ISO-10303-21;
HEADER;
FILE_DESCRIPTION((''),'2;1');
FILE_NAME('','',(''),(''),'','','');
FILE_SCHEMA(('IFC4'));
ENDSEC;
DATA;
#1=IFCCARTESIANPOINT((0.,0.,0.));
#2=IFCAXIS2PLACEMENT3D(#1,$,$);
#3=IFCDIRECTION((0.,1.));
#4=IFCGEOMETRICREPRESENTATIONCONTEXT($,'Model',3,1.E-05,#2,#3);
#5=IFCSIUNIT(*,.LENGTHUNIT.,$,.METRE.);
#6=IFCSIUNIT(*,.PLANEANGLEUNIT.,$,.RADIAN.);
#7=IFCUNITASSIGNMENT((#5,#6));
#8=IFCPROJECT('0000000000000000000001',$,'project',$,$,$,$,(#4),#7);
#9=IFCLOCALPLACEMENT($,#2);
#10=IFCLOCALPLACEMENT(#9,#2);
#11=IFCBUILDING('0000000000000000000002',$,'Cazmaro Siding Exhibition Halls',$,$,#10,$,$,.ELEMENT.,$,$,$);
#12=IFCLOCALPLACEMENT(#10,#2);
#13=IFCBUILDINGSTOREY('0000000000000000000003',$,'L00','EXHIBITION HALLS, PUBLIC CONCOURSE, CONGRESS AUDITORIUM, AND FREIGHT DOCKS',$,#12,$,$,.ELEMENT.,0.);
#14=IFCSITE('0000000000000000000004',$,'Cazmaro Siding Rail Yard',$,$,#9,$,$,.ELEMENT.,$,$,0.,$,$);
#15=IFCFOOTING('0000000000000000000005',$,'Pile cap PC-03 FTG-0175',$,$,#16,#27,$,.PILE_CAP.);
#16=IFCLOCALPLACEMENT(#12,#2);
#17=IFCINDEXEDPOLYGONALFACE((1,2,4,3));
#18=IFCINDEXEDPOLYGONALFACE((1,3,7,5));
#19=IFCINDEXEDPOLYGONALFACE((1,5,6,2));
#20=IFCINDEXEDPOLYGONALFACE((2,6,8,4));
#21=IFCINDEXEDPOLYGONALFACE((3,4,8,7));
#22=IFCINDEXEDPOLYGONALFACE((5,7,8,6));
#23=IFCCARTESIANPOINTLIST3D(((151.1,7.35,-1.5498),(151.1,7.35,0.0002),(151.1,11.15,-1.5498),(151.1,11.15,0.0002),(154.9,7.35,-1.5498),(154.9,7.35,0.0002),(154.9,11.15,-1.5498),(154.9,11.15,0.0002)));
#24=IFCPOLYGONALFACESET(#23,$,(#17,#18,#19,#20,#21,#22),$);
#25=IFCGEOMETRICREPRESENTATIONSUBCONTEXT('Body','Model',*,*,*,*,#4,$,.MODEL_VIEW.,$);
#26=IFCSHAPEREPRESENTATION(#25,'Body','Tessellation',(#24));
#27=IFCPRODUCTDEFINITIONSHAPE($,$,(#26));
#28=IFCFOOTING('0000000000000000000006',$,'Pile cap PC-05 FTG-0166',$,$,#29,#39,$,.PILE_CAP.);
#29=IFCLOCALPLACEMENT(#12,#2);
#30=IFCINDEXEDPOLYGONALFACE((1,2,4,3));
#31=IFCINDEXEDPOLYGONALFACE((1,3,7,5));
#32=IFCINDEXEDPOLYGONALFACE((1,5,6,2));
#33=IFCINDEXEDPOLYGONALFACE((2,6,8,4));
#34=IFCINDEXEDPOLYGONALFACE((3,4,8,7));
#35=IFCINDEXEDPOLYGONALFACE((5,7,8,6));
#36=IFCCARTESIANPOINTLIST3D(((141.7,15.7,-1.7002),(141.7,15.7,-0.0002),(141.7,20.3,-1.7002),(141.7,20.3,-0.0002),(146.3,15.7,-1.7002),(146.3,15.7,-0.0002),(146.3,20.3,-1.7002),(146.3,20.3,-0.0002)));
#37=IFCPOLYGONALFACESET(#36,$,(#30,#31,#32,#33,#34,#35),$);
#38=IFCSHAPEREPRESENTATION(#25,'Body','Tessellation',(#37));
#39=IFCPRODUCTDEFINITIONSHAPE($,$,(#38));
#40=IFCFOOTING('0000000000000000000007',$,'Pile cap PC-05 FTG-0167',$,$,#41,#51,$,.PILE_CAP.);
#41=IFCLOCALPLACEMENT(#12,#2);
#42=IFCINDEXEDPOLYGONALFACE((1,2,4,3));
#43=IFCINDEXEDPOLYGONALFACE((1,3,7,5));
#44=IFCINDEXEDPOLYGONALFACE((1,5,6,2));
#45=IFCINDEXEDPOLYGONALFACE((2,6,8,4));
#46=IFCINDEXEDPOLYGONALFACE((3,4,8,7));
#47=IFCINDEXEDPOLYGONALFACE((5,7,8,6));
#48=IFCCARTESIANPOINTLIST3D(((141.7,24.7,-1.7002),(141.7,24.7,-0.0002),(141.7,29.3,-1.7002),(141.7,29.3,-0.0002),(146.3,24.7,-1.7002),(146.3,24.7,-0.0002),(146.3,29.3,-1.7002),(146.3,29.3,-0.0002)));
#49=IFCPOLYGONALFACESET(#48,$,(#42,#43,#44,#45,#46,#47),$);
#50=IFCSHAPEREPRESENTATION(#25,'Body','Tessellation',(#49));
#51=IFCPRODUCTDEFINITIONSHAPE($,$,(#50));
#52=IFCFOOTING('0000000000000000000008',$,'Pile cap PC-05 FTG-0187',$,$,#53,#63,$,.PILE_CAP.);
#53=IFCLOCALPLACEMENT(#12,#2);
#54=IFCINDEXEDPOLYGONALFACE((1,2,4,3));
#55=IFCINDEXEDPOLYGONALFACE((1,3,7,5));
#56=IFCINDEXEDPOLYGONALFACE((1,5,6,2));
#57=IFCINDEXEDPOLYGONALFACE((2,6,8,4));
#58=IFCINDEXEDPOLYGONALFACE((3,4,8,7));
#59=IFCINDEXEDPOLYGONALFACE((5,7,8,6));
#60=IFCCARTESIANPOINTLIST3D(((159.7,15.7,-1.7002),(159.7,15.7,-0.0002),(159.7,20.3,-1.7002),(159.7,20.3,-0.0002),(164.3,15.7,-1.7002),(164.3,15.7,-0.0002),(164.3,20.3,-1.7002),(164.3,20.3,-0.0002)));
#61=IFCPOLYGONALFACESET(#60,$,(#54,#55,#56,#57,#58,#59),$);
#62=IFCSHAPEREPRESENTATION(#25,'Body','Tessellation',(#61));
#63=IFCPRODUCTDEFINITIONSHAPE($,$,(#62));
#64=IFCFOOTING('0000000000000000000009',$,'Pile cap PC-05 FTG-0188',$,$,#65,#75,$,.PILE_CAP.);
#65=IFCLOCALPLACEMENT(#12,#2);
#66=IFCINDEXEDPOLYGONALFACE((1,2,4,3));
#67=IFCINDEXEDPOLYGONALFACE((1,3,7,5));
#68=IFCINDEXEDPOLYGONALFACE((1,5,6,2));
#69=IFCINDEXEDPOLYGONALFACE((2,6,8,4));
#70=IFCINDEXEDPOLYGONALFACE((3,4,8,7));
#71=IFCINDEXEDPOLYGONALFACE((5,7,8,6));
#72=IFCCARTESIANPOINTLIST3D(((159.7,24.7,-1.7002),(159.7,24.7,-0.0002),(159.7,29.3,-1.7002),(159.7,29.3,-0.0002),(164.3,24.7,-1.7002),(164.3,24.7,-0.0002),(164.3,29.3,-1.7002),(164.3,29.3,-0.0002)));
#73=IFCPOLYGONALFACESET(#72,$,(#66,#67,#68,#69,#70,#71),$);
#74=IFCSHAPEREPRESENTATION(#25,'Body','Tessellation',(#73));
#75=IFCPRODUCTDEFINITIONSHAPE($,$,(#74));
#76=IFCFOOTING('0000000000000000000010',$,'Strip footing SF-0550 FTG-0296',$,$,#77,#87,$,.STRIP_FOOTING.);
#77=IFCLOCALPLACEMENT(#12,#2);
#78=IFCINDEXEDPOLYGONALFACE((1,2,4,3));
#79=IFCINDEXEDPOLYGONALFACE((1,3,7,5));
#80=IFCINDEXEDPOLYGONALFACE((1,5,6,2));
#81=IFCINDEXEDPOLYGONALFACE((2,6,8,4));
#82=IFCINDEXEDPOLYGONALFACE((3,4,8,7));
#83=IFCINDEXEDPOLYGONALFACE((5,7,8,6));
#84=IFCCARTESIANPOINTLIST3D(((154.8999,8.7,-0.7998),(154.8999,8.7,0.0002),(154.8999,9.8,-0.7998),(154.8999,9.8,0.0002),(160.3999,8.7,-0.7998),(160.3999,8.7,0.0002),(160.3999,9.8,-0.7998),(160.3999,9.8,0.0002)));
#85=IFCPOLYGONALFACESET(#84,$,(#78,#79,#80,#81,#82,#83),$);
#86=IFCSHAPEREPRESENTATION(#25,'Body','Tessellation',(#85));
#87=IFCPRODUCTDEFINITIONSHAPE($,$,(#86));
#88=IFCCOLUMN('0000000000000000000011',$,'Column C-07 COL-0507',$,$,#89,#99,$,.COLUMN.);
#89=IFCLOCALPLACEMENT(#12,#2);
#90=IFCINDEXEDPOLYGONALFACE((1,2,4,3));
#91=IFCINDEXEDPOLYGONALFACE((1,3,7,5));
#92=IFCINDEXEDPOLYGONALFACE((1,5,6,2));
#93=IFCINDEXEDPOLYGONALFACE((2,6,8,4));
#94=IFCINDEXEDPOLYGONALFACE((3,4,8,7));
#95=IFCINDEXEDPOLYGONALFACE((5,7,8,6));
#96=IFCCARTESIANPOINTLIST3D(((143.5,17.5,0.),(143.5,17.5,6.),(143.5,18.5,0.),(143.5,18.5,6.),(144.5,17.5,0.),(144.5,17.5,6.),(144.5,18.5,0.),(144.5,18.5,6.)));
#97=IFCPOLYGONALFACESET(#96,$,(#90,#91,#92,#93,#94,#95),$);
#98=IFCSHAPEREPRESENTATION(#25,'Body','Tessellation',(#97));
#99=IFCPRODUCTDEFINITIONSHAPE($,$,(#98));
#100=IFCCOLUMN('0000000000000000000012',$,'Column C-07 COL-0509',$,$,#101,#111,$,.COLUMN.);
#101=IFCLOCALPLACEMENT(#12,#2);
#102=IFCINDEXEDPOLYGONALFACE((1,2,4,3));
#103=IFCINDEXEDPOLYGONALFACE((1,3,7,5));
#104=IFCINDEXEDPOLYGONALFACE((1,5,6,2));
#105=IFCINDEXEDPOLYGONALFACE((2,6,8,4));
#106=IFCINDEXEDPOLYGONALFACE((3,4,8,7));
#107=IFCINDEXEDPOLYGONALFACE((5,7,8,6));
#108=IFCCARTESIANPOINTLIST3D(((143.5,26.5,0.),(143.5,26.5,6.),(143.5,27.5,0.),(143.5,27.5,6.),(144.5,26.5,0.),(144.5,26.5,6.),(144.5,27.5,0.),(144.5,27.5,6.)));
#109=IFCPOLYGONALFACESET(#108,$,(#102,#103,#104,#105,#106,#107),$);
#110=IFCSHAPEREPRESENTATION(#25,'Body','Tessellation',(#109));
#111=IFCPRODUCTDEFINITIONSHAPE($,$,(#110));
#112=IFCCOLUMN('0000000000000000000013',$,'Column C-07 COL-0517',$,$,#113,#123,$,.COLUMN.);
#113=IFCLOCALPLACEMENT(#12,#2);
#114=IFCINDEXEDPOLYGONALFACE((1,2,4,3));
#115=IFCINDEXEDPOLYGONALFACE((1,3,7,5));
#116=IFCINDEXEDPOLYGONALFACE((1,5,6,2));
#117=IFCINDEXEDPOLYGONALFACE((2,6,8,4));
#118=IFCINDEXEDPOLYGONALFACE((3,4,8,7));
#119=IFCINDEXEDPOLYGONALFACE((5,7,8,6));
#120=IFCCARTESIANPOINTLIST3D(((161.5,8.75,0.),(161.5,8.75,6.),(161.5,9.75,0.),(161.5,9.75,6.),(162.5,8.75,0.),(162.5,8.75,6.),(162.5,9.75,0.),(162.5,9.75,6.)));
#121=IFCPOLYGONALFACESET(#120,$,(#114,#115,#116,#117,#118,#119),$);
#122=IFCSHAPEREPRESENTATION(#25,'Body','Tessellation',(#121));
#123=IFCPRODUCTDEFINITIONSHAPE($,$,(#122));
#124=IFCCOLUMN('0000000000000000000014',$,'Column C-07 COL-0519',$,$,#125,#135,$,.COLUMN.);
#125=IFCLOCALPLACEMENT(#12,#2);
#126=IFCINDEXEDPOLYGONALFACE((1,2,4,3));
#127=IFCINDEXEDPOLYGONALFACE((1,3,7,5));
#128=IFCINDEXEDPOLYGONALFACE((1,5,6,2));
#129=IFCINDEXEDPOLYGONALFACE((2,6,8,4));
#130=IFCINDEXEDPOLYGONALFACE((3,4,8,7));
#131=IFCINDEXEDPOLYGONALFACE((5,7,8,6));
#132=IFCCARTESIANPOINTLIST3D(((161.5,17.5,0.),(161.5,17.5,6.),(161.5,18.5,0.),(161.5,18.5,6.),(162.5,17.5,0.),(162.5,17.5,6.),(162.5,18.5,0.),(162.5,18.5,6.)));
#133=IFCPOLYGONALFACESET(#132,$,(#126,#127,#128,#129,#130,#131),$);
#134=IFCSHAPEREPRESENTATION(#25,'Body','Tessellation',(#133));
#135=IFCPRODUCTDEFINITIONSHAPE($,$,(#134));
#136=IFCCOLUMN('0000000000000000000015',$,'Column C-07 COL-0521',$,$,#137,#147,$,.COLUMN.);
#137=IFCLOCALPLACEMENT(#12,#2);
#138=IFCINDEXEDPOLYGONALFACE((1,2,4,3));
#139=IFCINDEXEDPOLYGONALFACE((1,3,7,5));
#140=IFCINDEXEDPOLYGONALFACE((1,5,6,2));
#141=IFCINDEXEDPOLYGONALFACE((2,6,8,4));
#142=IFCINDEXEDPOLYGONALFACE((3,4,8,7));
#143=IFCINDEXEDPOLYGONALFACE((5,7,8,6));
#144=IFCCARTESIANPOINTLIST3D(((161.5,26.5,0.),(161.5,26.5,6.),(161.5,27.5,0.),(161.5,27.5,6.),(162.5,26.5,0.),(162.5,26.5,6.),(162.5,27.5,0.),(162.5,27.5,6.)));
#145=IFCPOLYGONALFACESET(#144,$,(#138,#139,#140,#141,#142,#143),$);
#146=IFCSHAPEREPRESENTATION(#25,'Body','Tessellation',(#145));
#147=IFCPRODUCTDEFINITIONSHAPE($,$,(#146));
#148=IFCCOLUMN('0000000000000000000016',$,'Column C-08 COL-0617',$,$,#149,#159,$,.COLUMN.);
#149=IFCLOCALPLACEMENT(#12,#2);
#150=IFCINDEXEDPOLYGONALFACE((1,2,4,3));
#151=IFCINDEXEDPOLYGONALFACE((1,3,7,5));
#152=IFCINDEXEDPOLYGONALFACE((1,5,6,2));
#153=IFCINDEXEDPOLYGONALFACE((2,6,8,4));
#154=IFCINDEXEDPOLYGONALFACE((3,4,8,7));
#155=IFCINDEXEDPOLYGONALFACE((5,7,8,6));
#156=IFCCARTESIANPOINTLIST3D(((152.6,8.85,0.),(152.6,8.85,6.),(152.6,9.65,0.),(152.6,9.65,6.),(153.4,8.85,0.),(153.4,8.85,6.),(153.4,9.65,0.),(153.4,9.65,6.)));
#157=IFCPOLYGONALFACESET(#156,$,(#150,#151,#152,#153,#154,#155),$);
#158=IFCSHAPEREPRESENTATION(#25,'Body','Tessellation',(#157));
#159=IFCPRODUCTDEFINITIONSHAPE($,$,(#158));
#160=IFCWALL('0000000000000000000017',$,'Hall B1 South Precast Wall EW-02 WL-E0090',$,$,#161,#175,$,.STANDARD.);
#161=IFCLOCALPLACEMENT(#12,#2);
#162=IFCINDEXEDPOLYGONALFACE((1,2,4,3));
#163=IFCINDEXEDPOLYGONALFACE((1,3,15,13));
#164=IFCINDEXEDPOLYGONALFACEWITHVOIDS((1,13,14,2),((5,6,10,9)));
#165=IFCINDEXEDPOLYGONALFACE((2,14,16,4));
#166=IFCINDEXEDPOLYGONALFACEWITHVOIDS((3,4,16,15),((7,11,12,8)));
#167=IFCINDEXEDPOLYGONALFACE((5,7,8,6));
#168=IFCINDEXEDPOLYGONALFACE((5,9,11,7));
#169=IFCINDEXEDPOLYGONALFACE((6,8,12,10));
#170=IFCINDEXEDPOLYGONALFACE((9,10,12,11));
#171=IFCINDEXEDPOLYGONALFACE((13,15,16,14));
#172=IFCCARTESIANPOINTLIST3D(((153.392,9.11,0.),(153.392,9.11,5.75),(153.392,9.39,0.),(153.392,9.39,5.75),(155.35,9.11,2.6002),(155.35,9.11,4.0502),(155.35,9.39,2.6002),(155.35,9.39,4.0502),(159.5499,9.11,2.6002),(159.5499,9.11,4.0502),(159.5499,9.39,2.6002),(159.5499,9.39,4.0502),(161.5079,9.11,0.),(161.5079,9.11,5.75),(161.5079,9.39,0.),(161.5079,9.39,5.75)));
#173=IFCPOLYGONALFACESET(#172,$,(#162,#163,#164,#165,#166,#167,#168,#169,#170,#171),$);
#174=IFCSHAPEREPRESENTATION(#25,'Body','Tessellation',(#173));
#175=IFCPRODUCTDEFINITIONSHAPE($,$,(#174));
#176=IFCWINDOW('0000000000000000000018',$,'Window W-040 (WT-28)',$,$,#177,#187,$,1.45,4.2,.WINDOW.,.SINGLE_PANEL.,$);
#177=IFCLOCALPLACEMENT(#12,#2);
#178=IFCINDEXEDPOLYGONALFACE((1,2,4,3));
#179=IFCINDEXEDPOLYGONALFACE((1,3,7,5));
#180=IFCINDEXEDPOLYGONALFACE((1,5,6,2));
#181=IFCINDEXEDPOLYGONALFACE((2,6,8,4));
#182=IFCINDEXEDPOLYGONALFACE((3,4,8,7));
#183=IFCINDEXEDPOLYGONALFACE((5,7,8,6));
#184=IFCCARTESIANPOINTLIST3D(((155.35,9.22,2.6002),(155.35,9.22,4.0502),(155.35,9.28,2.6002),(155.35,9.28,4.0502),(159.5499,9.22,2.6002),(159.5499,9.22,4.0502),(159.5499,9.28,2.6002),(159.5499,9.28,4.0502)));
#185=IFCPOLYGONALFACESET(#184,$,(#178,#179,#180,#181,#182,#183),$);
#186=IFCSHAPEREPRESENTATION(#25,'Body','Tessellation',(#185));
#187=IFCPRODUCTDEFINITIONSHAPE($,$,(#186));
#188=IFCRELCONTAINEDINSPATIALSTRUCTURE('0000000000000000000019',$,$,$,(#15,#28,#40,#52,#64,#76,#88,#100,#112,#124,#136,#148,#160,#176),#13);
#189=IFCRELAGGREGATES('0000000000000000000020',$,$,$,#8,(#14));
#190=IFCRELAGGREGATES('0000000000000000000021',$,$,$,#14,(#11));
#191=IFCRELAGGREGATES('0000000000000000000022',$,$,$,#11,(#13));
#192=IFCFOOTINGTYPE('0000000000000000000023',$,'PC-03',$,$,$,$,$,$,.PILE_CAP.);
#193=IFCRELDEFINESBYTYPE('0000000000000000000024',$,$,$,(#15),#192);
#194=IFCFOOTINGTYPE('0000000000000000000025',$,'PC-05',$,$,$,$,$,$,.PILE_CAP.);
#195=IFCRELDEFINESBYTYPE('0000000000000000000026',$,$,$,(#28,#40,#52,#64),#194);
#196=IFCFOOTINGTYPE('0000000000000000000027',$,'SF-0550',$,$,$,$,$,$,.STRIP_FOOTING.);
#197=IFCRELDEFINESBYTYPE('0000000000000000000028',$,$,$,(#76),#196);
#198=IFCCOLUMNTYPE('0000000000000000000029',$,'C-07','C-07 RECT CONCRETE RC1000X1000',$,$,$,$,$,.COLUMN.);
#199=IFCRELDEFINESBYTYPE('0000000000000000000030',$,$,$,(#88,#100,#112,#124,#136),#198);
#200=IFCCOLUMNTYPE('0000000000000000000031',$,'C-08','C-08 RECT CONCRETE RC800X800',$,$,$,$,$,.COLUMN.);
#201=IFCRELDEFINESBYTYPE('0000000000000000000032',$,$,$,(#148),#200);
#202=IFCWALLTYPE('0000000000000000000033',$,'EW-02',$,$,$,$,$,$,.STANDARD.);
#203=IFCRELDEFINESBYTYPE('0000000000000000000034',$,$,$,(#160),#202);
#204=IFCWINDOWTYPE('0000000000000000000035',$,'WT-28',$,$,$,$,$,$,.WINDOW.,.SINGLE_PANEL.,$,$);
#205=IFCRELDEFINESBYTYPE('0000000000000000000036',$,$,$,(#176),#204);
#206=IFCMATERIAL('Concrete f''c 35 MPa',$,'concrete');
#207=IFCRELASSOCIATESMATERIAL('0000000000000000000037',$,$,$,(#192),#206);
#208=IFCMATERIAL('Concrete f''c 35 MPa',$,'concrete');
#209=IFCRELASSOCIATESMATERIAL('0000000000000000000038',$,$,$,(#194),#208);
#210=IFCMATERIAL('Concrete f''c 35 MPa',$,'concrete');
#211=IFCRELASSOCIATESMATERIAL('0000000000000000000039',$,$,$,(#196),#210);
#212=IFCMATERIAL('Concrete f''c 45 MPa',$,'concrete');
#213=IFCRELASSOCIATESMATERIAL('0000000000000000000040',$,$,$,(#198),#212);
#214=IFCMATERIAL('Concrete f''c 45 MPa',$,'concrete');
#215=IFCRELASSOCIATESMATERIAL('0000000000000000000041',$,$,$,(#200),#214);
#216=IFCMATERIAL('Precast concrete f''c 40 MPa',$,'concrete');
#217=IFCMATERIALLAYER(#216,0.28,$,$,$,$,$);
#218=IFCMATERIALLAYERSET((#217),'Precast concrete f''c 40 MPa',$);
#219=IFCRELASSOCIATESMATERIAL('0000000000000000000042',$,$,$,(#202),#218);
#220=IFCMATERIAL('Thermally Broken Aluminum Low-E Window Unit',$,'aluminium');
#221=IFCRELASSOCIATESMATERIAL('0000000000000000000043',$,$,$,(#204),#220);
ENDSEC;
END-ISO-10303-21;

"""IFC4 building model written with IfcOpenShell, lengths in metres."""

from ifc_helpers import new_model, si_unit, direction, frame, frame_2d, origin, origin_2d, place, context, subcontext, project, spatial, rectangle, extrude, material, layer, layer_set, material_profile, profile_set, type_object, element, fill, save


model = new_model("IFC4")

# Units and contexts
model_context = context("Model", 3, precision=1e-05, world=origin(), true_north=direction((0.0, 1.0)))
body_context = subcontext(model_context, "Body", "Model", "MODEL_VIEW")
ifc_project = project(units=[si_unit("LENGTHUNIT", "METRE"), si_unit("PLANEANGLEUNIT", "RADIAN")], contexts=[model_context])

# Site, building, storey
site_placement = place(None, origin())
site = spatial("IfcSite", under=ifc_project, at=site_placement, Name="Cazmaro Siding Rail Yard", CompositionType="ELEMENT", RefElevation=0.0)
building_placement = place(site_placement, origin())
building = spatial("IfcBuilding", under=site, at=building_placement, Name="Cazmaro Siding Exhibition Halls", CompositionType="ELEMENT")
storey_placement = place(building_placement, origin())
storey = spatial("IfcBuildingStorey", under=building, at=storey_placement, Name="L00", Description="EXHIBITION HALLS, PUBLIC CONCOURSE, CONGRESS AUDITORIUM, AND FREIGHT DOCKS", CompositionType="ELEMENT", Elevation=0.0)

# Footings
ifc_material_1 = material(Name="Concrete f'c 35 MPa", Category="concrete")
footing_type_1 = type_object("IfcFootingType", Name="PC-03", PredefinedType="PILE_CAP", material=ifc_material_1)
footing_1_placement = place(storey_placement, frame((153.0, 9.25, -1.5498), z_axis=(0.0, 0.0, 1.0), x_axis=(1.0, 0.0, 0.0)))
element("IfcFooting", 1, at=footing_1_placement, inside=storey, type_object=footing_type_1, Name="Pile cap PC-03 FTG-0175", PredefinedType="PILE_CAP", context=body_context, shape_type="SweptSolid", body=[
    extrude(rectangle(XDim=3.8, YDim=3.8, at=origin_2d()), origin(), (0.0, 0.0, 1.0), 1.55),
])
ifc_material_2 = material(Name="Concrete f'c 35 MPa", Category="concrete")
footing_type_2 = type_object("IfcFootingType", Name="PC-05", PredefinedType="PILE_CAP", material=ifc_material_2)
for number, where, z_axis, x_axis, name in (
    (2, (144.0, 18.0, -1.7002), (0.0, 0.0, 1.0), (1.0, 0.0, 0.0), "Pile cap PC-05 FTG-0166"),
    (3, (144.0, 27.0, -1.7002), (0.0, 0.0, 1.0), (1.0, 0.0, 0.0), "Pile cap PC-05 FTG-0167"),
    (4, (162.0, 18.0, -1.7002), (0.0, 0.0, 1.0), (1.0, 0.0, 0.0), "Pile cap PC-05 FTG-0187"),
    (5, (162.0, 27.0, -1.7002), (0.0, 0.0, 1.0), (1.0, 0.0, 0.0), "Pile cap PC-05 FTG-0188"),
):
    element("IfcFooting", number, at=place(storey_placement, frame(where, z_axis=z_axis, x_axis=x_axis)), inside=storey, type_object=footing_type_2, Name=name, PredefinedType="PILE_CAP", context=body_context, shape_type="SweptSolid", body=[
        extrude(rectangle(XDim=4.6001, YDim=4.6001, at=origin_2d()), origin(), (0.0, 0.0, 1.0), 1.7),
    ])
ifc_material_3 = material(Name="Concrete f'c 35 MPa", Category="concrete")
footing_type_3 = type_object("IfcFootingType", Name="SF-0550", PredefinedType="STRIP_FOOTING", material=ifc_material_3)
footing_2_placement = place(storey_placement, frame((157.6499, 9.25, -0.7998), z_axis=(0.0, 0.0, 1.0), x_axis=(1.0, 0.0, 0.0)))
element("IfcFooting", 6, at=footing_2_placement, inside=storey, type_object=footing_type_3, Name="Strip footing SF-0550 FTG-0296", PredefinedType="STRIP_FOOTING", context=body_context, shape_type="SweptSolid", body=[
    extrude(rectangle(XDim=5.5, YDim=1.1001, at=origin_2d()), origin(), (0.0, 0.0, 1.0), 0.8),
])

# Columns
ifc_material_4 = material(Name="Concrete f'c 45 MPa", Category="concrete")
ifc_material_profile_1 = material_profile(ifc_material_4, rectangle(XDim=1.0, YDim=1.0, at=origin_2d()), Name="RC1000X1000")
ifc_profile_set_1 = profile_set([ifc_material_profile_1], Name="Concrete f'c 45 MPa")
column_type_1 = type_object("IfcColumnType", Name="C-07", Description="C-07 RECT CONCRETE RC1000X1000", PredefinedType="COLUMN", material=ifc_profile_set_1)
for number, where, z_axis, x_axis, name in (
    (7, (144.0, 18.0, 0.0), (0.0, 0.0, 1.0), (1.0, 0.0, 0.0), "Column C-07 COL-0507"),
    (8, (144.0, 27.0, 0.0), (0.0, 0.0, 1.0), (1.0, 0.0, 0.0), "Column C-07 COL-0509"),
    (9, (162.0, 9.25, 0.0), (0.0, 0.0, 1.0), (1.0, 0.0, 0.0), "Column C-07 COL-0517"),
    (10, (162.0, 18.0, 0.0), (0.0, 0.0, 1.0), (1.0, 0.0, 0.0), "Column C-07 COL-0519"),
    (11, (162.0, 27.0, 0.0), (0.0, 0.0, 1.0), (1.0, 0.0, 0.0), "Column C-07 COL-0521"),
):
    element("IfcColumn", number, at=place(storey_placement, frame(where, z_axis=z_axis, x_axis=x_axis)), inside=storey, type_object=column_type_1, Name=name, PredefinedType="COLUMN", context=body_context, shape_type="SweptSolid", body=[
        extrude(rectangle(XDim=1.0, YDim=1.0, at=origin_2d()), origin(), (0.0, 0.0, 1.0), 6.0),
    ])
ifc_material_5 = material(Name="Concrete f'c 45 MPa", Category="concrete")
ifc_material_profile_2 = material_profile(ifc_material_5, rectangle(XDim=0.8, YDim=0.8, at=origin_2d()), Name="RC800X800")
ifc_profile_set_2 = profile_set([ifc_material_profile_2], Name="Concrete f'c 45 MPa")
column_type_2 = type_object("IfcColumnType", Name="C-08", Description="C-08 RECT CONCRETE RC800X800", PredefinedType="COLUMN", material=ifc_profile_set_2)
column_placement = place(storey_placement, frame((153.0, 9.25, 0.0), z_axis=(0.0, 0.0, 1.0), x_axis=(1.0, 0.0, 0.0)))
element("IfcColumn", 12, at=column_placement, inside=storey, type_object=column_type_2, Name="Column C-08 COL-0617", PredefinedType="COLUMN", context=body_context, shape_type="SweptSolid", body=[
    extrude(rectangle(XDim=0.8, YDim=0.8, at=origin_2d()), origin(), (0.0, 0.0, 1.0), 6.0),
])

# Wall, opening, window
ifc_material_6 = material(Name="Precast concrete f'c 40 MPa", Category="concrete")
ifc_layer_1 = layer(ifc_material_6, 0.28)
ifc_layer_set_1 = layer_set([ifc_layer_1], Name="Precast concrete f'c 40 MPa")
wall_type_1 = type_object("IfcWallType", Name="EW-02", PredefinedType="STANDARD", material=ifc_layer_set_1)
wall_1_placement = place(storey_placement, frame((161.5081, 9.25, 0.0), z_axis=(0.0, 0.0, 1.0), x_axis=(-1.0, 0.0, 0.0)))
wall_1 = element("IfcWall", 13, at=wall_1_placement, inside=storey, type_object=wall_type_1, Name="Hall B1 South Precast Wall EW-02 WL-E0090", PredefinedType="STANDARD", context=body_context, shape_type="SweptSolid", body=[
    extrude(rectangle(XDim=8.116, YDim=0.28, at=frame_2d((4.0581, 0.0))), origin(), (0.0, 0.0, 1.0), 5.75),
])
opening_1_placement = place(wall_1_placement, frame((1.958, 0.0, 2.6001)))
opening_1 = element("IfcOpeningElement", 14, at=opening_1_placement, cuts=wall_1, PredefinedType="OPENING", context=body_context, shape_type="SweptSolid", body=[
    extrude(rectangle(XDim=4.2, YDim=1.45, at=frame_2d((2.1001, 0.7251))), frame((0.0, 0.1499, 0.0), z_axis=(0.0, -1.0, 0.0), x_axis=(1.0, 0.0, 0.0)), (0.0, 0.0, 1.0), 0.3),
])
ifc_material_7 = material(Name="Thermally Broken Aluminum Low-E Window Unit", Category="aluminium")
window_type = type_object("IfcWindowType", Name="WT-28", PartitioningType="SINGLE_PANEL", PredefinedType="WINDOW", material=ifc_material_7)
window_placement = place(opening_1_placement, origin())
window = element("IfcWindow", 15, at=window_placement, inside=storey, type_object=window_type, Name="Window W-040 (WT-28)", OverallHeight=1.45, OverallWidth=4.2, PartitioningType="SINGLE_PANEL", PredefinedType="WINDOW", context=body_context, shape_type="SweptSolid", body=[
    extrude(rectangle(XDim=4.2, YDim=1.45, at=frame_2d((2.1001, 0.7251))), frame((0.0, 0.03, 0.0), z_axis=(0.0, -1.0, 0.0), x_axis=(1.0, 0.0, 0.0)), (0.0, 0.0, 1.0), 0.0601),
])
fill(opening_1, window)

save(model, "model.ifc")
